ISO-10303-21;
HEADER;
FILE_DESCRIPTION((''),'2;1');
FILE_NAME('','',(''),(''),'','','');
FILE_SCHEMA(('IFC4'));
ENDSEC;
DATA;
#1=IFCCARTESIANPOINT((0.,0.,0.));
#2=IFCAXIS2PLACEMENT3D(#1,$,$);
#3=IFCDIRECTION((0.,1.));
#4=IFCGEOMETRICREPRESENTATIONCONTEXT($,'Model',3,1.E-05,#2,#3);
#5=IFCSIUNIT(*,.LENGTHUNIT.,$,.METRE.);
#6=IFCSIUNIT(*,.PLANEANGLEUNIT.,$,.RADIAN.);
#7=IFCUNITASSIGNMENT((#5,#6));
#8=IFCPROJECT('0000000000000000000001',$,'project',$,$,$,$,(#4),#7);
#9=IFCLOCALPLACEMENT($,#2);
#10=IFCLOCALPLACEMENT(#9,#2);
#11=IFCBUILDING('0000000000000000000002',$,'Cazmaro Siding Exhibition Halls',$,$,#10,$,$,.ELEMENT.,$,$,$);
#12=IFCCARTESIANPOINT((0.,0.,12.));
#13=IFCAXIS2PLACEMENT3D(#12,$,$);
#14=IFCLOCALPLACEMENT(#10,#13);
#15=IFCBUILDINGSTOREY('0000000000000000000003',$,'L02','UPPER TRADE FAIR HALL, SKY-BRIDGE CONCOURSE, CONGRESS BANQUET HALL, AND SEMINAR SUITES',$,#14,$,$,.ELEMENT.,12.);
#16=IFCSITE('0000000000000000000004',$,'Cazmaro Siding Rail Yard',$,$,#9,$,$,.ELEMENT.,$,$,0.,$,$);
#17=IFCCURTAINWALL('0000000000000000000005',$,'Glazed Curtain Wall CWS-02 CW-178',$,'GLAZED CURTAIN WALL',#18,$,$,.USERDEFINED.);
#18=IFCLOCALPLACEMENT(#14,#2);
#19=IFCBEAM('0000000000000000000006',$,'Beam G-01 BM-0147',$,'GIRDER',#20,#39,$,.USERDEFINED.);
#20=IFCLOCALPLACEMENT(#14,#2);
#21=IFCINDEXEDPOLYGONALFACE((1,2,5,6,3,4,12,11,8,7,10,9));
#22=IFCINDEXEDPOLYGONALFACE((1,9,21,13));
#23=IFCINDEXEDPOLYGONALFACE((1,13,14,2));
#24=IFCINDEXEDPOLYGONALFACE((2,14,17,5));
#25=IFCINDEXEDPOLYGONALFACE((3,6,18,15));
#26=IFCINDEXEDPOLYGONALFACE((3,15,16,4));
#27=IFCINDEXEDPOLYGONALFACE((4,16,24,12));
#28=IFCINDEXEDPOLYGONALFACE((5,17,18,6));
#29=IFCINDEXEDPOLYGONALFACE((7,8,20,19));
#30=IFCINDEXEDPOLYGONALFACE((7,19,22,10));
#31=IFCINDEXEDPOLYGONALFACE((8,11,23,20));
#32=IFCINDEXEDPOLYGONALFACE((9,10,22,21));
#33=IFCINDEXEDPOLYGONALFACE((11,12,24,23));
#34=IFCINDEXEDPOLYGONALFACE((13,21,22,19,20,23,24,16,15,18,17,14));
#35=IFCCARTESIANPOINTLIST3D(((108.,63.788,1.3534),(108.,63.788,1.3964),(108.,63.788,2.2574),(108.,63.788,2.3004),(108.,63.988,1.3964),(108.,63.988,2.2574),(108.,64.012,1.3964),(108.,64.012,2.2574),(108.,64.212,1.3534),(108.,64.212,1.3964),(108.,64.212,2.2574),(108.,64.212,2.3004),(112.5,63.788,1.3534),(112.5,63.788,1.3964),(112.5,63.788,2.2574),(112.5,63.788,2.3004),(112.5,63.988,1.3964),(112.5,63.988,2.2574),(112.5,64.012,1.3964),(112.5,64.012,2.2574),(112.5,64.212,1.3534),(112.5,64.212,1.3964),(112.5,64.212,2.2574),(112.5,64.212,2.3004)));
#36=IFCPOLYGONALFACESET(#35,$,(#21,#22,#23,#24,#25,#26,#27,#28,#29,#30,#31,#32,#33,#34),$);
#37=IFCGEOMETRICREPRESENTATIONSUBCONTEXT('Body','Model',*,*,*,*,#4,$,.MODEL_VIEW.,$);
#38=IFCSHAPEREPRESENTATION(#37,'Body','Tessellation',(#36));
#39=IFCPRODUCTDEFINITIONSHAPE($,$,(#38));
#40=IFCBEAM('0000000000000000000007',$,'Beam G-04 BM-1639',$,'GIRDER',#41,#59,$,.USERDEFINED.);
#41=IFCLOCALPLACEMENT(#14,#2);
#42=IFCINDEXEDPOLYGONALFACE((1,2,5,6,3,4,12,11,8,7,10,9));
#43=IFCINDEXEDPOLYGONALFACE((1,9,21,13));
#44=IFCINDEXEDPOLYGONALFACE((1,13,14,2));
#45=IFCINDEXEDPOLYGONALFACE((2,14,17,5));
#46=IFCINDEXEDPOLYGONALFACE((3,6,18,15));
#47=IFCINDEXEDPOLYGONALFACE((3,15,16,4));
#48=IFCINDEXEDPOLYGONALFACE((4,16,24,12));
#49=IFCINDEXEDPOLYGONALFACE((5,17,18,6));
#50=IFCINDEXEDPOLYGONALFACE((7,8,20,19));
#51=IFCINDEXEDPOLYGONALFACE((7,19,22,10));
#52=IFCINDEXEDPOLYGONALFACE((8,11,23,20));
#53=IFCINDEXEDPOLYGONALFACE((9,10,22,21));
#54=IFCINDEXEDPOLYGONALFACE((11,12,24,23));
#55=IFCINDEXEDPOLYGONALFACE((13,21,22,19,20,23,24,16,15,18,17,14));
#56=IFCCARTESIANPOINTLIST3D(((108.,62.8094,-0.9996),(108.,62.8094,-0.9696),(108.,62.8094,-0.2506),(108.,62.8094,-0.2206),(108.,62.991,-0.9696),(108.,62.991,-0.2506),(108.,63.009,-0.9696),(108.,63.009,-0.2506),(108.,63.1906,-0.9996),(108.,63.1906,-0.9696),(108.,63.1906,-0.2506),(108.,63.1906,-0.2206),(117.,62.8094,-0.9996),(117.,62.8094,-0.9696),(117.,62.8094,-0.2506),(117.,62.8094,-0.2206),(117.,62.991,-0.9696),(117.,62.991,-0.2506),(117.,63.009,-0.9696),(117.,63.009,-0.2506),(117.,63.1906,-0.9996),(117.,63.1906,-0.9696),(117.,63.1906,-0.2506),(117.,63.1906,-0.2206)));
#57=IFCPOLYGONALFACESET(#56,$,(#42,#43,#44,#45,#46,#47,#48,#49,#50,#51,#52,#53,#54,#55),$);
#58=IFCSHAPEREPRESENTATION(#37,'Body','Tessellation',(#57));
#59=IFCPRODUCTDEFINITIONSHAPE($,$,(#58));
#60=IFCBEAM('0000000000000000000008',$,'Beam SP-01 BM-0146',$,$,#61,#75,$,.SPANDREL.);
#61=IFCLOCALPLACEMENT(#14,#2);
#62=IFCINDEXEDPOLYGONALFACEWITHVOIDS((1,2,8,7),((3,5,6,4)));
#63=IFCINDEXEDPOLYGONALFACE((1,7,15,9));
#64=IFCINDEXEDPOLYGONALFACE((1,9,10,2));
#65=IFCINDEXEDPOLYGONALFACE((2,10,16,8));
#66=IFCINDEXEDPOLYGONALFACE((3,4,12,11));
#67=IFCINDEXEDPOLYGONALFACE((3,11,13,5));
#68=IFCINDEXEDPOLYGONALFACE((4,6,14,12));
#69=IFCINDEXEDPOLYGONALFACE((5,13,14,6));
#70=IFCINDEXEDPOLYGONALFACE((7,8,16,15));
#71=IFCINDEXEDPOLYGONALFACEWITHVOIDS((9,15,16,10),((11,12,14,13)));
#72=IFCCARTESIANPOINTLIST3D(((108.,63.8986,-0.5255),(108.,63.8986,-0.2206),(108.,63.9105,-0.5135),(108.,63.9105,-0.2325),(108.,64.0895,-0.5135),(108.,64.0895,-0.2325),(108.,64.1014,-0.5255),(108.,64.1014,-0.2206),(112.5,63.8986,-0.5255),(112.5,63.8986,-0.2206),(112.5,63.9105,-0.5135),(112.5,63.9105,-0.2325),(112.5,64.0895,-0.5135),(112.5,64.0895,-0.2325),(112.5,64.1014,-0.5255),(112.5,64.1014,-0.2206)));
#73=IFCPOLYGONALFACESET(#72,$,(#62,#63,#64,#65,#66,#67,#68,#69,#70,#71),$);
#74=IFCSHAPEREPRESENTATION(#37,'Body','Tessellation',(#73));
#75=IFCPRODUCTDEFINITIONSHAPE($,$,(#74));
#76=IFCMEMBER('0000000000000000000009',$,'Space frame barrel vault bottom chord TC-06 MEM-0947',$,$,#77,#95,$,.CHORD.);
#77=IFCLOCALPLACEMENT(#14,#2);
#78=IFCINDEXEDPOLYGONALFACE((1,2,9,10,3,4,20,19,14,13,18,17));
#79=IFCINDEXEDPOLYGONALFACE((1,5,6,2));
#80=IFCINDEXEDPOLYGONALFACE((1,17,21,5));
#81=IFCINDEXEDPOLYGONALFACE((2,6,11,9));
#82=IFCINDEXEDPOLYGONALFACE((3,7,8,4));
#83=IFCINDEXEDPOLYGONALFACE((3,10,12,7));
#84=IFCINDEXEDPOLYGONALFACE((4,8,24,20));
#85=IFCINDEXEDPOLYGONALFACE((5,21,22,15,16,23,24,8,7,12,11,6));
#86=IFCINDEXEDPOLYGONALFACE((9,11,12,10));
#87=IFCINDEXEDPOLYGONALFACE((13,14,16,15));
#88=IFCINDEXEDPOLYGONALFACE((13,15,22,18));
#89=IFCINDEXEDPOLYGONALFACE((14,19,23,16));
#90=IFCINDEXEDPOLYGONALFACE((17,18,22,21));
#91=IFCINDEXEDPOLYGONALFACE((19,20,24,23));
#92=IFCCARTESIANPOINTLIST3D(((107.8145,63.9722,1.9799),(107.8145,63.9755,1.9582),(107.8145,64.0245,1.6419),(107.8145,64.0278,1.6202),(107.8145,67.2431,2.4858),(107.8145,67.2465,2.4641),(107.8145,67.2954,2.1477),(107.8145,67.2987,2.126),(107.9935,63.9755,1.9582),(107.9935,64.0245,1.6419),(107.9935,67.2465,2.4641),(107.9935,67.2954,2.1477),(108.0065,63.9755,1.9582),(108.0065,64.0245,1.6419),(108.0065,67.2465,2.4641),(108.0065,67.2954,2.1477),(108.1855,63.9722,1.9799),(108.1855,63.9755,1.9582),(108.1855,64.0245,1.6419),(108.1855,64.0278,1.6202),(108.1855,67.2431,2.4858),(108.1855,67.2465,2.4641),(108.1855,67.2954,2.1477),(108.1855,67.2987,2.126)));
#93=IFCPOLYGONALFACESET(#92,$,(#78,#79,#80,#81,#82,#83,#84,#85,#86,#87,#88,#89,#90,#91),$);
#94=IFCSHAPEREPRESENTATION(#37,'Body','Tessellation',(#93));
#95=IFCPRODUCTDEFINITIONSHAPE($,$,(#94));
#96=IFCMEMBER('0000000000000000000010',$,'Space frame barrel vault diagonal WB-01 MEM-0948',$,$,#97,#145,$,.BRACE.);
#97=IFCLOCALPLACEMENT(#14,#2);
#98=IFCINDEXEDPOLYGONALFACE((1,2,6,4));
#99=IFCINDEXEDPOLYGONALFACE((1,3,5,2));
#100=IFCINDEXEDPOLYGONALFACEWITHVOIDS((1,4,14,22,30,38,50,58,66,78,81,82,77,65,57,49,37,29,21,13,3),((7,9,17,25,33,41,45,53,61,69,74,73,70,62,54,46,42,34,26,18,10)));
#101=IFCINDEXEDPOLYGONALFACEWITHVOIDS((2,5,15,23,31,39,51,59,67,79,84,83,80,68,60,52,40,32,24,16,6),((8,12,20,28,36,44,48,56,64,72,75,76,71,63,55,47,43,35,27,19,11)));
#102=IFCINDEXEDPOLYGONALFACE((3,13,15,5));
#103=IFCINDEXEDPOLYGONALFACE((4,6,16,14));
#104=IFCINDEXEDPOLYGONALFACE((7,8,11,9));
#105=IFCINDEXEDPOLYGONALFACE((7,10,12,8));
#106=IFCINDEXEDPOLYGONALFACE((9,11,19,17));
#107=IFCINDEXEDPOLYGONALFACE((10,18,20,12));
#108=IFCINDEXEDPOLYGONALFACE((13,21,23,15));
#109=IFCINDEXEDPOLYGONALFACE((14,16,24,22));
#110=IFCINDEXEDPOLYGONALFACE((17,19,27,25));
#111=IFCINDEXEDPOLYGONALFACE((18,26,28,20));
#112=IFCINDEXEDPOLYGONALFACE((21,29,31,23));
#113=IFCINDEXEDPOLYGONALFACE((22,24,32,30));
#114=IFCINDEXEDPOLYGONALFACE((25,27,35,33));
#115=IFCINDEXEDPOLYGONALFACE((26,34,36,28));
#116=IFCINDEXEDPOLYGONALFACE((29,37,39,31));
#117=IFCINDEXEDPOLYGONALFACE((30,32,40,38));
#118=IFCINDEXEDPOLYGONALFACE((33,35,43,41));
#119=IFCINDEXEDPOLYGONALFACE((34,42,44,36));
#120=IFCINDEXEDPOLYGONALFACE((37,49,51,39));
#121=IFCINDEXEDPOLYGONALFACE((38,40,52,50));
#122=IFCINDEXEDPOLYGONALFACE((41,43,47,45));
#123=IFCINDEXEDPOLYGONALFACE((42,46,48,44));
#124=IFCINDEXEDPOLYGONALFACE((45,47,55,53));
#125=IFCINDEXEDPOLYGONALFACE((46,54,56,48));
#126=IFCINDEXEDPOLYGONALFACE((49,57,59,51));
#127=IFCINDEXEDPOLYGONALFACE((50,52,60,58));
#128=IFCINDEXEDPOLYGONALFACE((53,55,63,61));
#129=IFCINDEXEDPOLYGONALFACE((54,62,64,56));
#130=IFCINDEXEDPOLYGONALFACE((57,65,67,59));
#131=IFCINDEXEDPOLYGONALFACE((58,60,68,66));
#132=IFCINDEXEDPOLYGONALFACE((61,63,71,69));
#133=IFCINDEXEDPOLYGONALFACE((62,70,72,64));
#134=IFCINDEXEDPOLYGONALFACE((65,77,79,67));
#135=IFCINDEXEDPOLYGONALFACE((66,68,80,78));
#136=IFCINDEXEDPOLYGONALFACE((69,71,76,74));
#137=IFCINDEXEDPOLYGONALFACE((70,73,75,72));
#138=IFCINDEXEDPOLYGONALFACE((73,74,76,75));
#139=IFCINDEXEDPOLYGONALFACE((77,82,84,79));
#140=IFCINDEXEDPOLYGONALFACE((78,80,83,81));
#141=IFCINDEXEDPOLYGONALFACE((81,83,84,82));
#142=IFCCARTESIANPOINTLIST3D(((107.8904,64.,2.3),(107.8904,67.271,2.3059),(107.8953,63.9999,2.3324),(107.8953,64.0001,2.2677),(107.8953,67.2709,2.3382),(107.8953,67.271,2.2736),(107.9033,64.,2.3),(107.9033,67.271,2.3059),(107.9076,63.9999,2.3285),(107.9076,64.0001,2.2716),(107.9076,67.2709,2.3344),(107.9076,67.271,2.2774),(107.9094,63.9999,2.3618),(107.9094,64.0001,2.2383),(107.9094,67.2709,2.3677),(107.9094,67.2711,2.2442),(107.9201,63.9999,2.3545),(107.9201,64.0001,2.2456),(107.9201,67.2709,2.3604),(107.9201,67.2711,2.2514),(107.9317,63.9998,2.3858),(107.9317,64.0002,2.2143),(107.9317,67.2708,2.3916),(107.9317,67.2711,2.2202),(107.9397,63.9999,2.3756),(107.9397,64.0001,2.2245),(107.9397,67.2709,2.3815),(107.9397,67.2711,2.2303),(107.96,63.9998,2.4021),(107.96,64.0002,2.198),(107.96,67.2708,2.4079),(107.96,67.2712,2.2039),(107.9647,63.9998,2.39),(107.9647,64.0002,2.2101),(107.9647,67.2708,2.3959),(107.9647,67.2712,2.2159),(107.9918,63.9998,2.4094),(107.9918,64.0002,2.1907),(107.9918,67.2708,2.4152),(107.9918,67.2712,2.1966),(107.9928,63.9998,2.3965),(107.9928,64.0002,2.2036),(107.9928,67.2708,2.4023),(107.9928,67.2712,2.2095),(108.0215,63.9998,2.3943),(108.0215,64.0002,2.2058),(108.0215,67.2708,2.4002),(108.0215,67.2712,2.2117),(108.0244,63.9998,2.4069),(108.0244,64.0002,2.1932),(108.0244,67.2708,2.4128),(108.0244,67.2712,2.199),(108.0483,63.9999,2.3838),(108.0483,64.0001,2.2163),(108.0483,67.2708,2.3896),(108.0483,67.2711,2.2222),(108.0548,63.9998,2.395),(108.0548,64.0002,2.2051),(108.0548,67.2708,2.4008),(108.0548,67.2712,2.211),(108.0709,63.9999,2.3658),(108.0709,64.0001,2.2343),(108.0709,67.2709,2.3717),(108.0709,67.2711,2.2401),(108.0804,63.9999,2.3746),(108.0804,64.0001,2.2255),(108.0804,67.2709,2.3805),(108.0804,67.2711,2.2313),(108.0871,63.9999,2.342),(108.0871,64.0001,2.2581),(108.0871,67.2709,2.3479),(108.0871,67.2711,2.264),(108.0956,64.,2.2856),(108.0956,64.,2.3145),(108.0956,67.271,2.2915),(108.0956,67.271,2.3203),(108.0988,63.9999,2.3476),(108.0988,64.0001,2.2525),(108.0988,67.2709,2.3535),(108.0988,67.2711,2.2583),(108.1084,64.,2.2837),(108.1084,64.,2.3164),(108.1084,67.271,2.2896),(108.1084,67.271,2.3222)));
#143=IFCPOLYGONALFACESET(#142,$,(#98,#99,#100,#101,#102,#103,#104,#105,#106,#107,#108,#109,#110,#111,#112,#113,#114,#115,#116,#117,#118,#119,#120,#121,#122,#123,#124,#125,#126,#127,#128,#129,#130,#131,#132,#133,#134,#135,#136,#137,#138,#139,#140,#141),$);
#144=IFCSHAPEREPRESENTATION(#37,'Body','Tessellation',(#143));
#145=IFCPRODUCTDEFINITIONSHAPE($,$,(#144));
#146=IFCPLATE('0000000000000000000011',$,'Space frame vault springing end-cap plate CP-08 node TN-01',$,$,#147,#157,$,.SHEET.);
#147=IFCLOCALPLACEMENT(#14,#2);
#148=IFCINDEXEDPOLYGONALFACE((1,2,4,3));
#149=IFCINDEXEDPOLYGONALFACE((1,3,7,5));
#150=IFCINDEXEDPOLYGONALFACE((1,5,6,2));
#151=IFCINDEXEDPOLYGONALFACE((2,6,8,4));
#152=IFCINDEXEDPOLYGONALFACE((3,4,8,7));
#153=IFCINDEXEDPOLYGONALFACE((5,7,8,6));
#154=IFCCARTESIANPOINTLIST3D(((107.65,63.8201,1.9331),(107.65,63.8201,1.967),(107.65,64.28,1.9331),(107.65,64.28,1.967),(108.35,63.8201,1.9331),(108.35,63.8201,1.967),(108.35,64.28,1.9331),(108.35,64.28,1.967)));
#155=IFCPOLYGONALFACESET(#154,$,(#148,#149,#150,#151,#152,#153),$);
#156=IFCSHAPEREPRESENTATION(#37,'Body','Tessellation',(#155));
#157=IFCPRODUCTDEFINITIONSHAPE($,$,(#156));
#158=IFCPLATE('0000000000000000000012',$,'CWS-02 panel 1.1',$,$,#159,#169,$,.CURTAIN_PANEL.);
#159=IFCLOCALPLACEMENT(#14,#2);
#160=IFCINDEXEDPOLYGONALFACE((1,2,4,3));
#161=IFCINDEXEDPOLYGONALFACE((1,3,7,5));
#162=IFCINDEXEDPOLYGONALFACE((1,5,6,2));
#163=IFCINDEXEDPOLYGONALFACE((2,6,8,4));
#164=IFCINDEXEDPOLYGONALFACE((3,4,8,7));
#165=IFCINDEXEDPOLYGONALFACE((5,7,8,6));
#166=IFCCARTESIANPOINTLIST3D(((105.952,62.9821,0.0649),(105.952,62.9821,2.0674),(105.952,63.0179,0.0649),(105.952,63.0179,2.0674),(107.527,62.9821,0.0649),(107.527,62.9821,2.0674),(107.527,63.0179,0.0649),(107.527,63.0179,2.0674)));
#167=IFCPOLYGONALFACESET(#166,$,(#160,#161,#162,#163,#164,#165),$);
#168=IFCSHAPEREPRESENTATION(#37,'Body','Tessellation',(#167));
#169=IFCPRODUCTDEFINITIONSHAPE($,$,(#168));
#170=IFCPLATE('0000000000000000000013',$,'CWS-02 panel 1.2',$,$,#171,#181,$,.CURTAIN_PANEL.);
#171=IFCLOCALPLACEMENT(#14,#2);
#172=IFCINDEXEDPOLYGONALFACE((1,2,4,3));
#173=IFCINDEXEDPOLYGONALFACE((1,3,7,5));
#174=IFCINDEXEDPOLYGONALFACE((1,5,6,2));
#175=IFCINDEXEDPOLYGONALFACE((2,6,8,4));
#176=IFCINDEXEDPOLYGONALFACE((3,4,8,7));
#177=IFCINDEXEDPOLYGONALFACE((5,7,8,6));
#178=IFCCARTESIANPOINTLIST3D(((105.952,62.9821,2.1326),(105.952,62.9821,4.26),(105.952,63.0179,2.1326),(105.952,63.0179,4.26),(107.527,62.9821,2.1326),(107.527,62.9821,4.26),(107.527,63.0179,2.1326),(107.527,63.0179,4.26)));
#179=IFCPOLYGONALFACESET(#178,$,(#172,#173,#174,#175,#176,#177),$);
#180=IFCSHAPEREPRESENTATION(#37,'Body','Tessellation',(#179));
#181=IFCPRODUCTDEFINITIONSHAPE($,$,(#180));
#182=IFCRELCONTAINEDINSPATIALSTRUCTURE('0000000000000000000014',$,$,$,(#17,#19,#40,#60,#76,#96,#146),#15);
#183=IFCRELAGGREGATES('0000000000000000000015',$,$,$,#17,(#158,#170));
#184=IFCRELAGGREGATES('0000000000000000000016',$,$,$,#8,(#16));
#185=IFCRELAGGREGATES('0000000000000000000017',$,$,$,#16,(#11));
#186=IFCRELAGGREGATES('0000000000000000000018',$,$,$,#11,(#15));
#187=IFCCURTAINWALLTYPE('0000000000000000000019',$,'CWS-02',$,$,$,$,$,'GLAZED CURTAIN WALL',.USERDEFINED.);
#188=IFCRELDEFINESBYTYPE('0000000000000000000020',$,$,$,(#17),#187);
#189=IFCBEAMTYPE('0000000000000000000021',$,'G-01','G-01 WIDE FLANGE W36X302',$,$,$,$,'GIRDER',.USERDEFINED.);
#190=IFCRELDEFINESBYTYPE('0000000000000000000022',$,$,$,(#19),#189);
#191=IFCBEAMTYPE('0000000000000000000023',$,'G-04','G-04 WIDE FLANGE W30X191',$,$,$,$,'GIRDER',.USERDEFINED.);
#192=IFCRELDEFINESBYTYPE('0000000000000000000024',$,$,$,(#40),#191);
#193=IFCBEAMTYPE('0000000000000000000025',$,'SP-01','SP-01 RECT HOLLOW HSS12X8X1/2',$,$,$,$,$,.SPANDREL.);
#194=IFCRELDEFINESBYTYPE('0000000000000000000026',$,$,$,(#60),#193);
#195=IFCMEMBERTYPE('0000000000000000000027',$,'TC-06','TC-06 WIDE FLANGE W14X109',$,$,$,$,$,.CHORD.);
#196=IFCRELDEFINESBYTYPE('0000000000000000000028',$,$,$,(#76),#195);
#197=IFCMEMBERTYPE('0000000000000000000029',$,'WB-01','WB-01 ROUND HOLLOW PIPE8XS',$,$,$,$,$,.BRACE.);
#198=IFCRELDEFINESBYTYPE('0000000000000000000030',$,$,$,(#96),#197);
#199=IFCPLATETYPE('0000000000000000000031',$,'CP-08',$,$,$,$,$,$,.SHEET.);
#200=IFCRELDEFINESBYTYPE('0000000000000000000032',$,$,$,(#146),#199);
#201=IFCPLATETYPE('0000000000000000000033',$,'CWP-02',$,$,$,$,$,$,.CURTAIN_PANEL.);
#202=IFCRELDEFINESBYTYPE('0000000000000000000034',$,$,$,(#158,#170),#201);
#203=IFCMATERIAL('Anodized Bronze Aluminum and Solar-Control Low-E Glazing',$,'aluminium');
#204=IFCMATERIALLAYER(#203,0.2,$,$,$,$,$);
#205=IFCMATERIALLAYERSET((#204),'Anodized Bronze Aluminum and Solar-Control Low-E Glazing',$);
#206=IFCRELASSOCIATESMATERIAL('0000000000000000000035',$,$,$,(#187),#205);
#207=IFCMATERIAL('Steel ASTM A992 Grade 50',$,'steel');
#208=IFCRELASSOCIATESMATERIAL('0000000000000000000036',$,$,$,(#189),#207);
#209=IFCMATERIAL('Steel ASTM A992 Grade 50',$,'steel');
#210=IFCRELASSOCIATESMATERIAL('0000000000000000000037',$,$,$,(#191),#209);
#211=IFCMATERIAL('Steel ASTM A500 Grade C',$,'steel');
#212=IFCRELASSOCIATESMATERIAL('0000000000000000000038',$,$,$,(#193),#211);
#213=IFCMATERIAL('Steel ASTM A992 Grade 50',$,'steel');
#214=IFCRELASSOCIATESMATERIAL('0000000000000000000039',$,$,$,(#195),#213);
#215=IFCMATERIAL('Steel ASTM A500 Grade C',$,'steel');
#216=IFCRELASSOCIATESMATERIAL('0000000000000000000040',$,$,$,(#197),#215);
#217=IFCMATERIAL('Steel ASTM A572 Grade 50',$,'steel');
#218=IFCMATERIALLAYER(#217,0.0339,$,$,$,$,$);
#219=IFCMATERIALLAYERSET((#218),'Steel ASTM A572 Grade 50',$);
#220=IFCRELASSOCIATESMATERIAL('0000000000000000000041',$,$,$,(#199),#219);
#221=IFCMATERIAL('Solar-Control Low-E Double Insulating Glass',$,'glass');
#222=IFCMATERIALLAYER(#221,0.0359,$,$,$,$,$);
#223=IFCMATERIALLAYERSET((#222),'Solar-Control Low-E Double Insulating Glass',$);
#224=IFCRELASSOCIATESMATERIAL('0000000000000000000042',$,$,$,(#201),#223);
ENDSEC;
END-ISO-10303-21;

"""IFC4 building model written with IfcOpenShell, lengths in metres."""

from ifc_helpers import new_model, si_unit, direction, frame, origin, origin_2d, place, context, subcontext, project, spatial, rectangle, hollow_rectangle, hollow_circle, i_section, extrude, material, layer, layer_set, material_profile, profile_set, type_object, element, aggregate, save


model = new_model("IFC4")

# Units and contexts
model_context = context("Model", 3, precision=1e-05, world=origin(), true_north=direction((0.0, 1.0)))
body_context = subcontext(model_context, "Body", "Model", "MODEL_VIEW")
ifc_project = project(units=[si_unit("LENGTHUNIT", "METRE"), si_unit("PLANEANGLEUNIT", "RADIAN")], contexts=[model_context])

# Site, building, storey
site_placement = place(None, origin())
site = spatial("IfcSite", under=ifc_project, at=site_placement, Name="Cazmaro Siding Rail Yard", CompositionType="ELEMENT", RefElevation=0.0)
building_placement = place(site_placement, origin())
building = spatial("IfcBuilding", under=site, at=building_placement, Name="Cazmaro Siding Exhibition Halls", CompositionType="ELEMENT")
storey_placement = place(building_placement, frame((0.0, 0.0, 12.0)))
storey = spatial("IfcBuildingStorey", under=building, at=storey_placement, Name="L02", Description="UPPER TRADE FAIR HALL, SKY-BRIDGE CONCOURSE, CONGRESS BANQUET HALL, AND SEMINAR SUITES", CompositionType="ELEMENT", Elevation=12.0)

# Curtain wall
ifc_material_1 = material(Name="Anodized Bronze Aluminum and Solar-Control Low-E Glazing", Category="aluminium")
ifc_layer_1 = layer(ifc_material_1, 0.2)
ifc_layer_set_1 = layer_set([ifc_layer_1], Name="Anodized Bronze Aluminum and Solar-Control Low-E Glazing")
curtain_wall_type_1 = type_object("IfcCurtainWallType", Name="CWS-02", ElementType="GLAZED CURTAIN WALL", PredefinedType="USERDEFINED", material=ifc_layer_set_1)
curtain_wall_1_placement = place(storey_placement, origin())
curtain_wall_1 = element("IfcCurtainWall", 1, at=curtain_wall_1_placement, inside=storey, type_object=curtain_wall_type_1, Name="Glazed Curtain Wall CWS-02 CW-178", ObjectType="GLAZED CURTAIN WALL", PredefinedType="USERDEFINED")

# Beams
ifc_material_2 = material(Name="Steel ASTM A992 Grade 50", Category="steel")
ifc_material_profile_1 = material_profile(ifc_material_2, i_section(OverallWidth=0.4241, OverallDepth=0.947, WebThickness=0.0239, FlangeThickness=0.043, at=origin_2d()), Name="W36X302")
ifc_profile_set_1 = profile_set([ifc_material_profile_1], Name="Steel ASTM A992 Grade 50")
beam_type_1 = type_object("IfcBeamType", Name="G-01", Description="G-01 WIDE FLANGE W36X302", ElementType="GIRDER", PredefinedType="USERDEFINED", material=ifc_profile_set_1)
beam_1_placement = place(storey_placement, frame((108.0, 64.0, 1.8269), z_axis=(1.0, 0.0, 0.0), x_axis=(0.0, 1.0, 0.0)))
element("IfcBeam", 2, at=beam_1_placement, inside=storey, type_object=beam_type_1, Name="Beam G-01 BM-0147", ObjectType="GIRDER", PredefinedType="USERDEFINED", context=body_context, shape_type="SweptSolid", body=[
    extrude(i_section(OverallWidth=0.4241, OverallDepth=0.947, WebThickness=0.0239, FlangeThickness=0.043, at=origin_2d()), origin(), (0.0, 0.0, 1.0), 4.5),
])
ifc_material_3 = material(Name="Steel ASTM A992 Grade 50", Category="steel")
ifc_material_profile_2 = material_profile(ifc_material_3, i_section(OverallWidth=0.3811, OverallDepth=0.7791, WebThickness=0.0181, FlangeThickness=0.03, at=origin_2d()), Name="W30X191")
ifc_profile_set_2 = profile_set([ifc_material_profile_2], Name="Steel ASTM A992 Grade 50")
beam_type_2 = type_object("IfcBeamType", Name="G-04", Description="G-04 WIDE FLANGE W30X191", ElementType="GIRDER", PredefinedType="USERDEFINED", material=ifc_profile_set_2)
beam_2_placement = place(storey_placement, frame((108.0, 63.0, -0.6101), z_axis=(1.0, 0.0, 0.0), x_axis=(0.0, 1.0, 0.0)))
element("IfcBeam", 3, at=beam_2_placement, inside=storey, type_object=beam_type_2, Name="Beam G-04 BM-1639", ObjectType="GIRDER", PredefinedType="USERDEFINED", context=body_context, shape_type="SweptSolid", body=[
    extrude(i_section(OverallWidth=0.3811, OverallDepth=0.7791, WebThickness=0.0181, FlangeThickness=0.03, at=origin_2d()), origin(), (0.0, 0.0, 1.0), 9.0),
])
ifc_material_4 = material(Name="Steel ASTM A500 Grade C", Category="steel")
ifc_material_profile_3 = material_profile(ifc_material_4, hollow_rectangle(XDim=0.2029, YDim=0.3049, WallThickness=0.012, at=origin_2d()), Name="HSS12X8X1/2")
ifc_profile_set_3 = profile_set([ifc_material_profile_3], Name="Steel ASTM A500 Grade C")
beam_type_3 = type_object("IfcBeamType", Name="SP-01", Description="SP-01 RECT HOLLOW HSS12X8X1/2", PredefinedType="SPANDREL", material=ifc_profile_set_3)
beam_3_placement = place(storey_placement, frame((108.0, 64.0, -0.373), z_axis=(1.0, 0.0, 0.0), x_axis=(0.0, 1.0, 0.0)))
element("IfcBeam", 4, at=beam_3_placement, inside=storey, type_object=beam_type_3, Name="Beam SP-01 BM-0146", PredefinedType="SPANDREL", context=body_context, shape_type="SweptSolid", body=[
    extrude(hollow_rectangle(XDim=0.2029, YDim=0.3049, WallThickness=0.012, at=origin_2d()), origin(), (0.0, 0.0, 1.0), 4.5),
])

# Members
ifc_material_5 = material(Name="Steel ASTM A992 Grade 50", Category="steel")
ifc_material_profile_4 = material_profile(ifc_material_5, i_section(OverallWidth=0.3711, OverallDepth=0.364, WebThickness=0.0129, FlangeThickness=0.022, at=origin_2d()), Name="W14X109")
ifc_profile_set_4 = profile_set([ifc_material_profile_4], Name="Steel ASTM A992 Grade 50")
member_type_1 = type_object("IfcMemberType", Name="TC-06", Description="TC-06 WIDE FLANGE W14X109", PredefinedType="CHORD", material=ifc_profile_set_4)
member_1_placement = place(storey_placement, frame((108.0, 64.0, 1.8), z_axis=(0.0, 0.988252, 0.152833), x_axis=(-1.0, 0.0, 0.0)))
element("IfcMember", 5, at=member_1_placement, inside=storey, type_object=member_type_1, Name="Space frame barrel vault bottom chord TC-06 MEM-0947", PredefinedType="CHORD", context=body_context, shape_type="SweptSolid", body=[
    extrude(i_section(OverallWidth=0.3711, OverallDepth=0.364, WebThickness=0.0129, FlangeThickness=0.022, at=origin_2d()), origin(), (0.0, 0.0, 1.0), 3.3098),
])
ifc_material_6 = material(Name="Steel ASTM A500 Grade C", Category="steel")
ifc_material_profile_5 = material_profile(ifc_material_6, hollow_circle(Radius=0.1096, WallThickness=0.0129, at=origin_2d()), Name="PIPE8XS")
ifc_profile_set_5 = profile_set([ifc_material_profile_5], Name="Steel ASTM A500 Grade C")
member_type_2 = type_object("IfcMemberType", Name="WB-01", Description="WB-01 ROUND HOLLOW PIPE8XS", PredefinedType="BRACE", material=ifc_profile_set_5)
member_2_placement = place(storey_placement, frame((108.0, 64.0, 2.3), z_axis=(0.0, 0.999998, 0.001791), x_axis=(-1.0, 0.0, 0.0)))
element("IfcMember", 6, at=member_2_placement, inside=storey, type_object=member_type_2, Name="Space frame barrel vault diagonal WB-01 MEM-0948", PredefinedType="BRACE", context=body_context, shape_type="SweptSolid", body=[
    extrude(hollow_circle(Radius=0.1096, WallThickness=0.0129, at=origin_2d()), origin(), (0.0, 0.0, 1.0), 3.271),
])

# Plates
ifc_material_7 = material(Name="Steel ASTM A572 Grade 50", Category="steel")
ifc_layer_2 = layer(ifc_material_7, 0.0339)
ifc_layer_set_2 = layer_set([ifc_layer_2], Name="Steel ASTM A572 Grade 50")
plate_type_1 = type_object("IfcPlateType", Name="CP-08", PredefinedType="SHEET", material=ifc_layer_set_2)
plate_1_placement = place(storey_placement, frame((108.0, 64.05, 1.9331), z_axis=(0.0, 0.0, 1.0), x_axis=(1.0, 0.0, 0.0)))
element("IfcPlate", 7, at=plate_1_placement, inside=storey, type_object=plate_type_1, Name="Space frame vault springing end-cap plate CP-08 node TN-01", PredefinedType="SHEET", context=body_context, shape_type="SweptSolid", body=[
    extrude(rectangle(XDim=0.7, YDim=0.46, at=origin_2d()), origin(), (0.0, 0.0, 1.0), 0.0339),
])
ifc_material_8 = material(Name="Solar-Control Low-E Double Insulating Glass", Category="glass")
ifc_layer_3 = layer(ifc_material_8, 0.0359)
ifc_layer_set_3 = layer_set([ifc_layer_3], Name="Solar-Control Low-E Double Insulating Glass")
plate_type_2 = type_object("IfcPlateType", Name="CWP-02", PredefinedType="CURTAIN_PANEL", material=ifc_layer_set_3)
plate_2_placement = place(storey_placement, frame((106.7395, 63.0, 0.0649), z_axis=(0.0, 0.0, 1.0), x_axis=(-1.0, 0.0, 0.0)))
plate_2 = element("IfcPlate", 8, at=plate_2_placement, type_object=plate_type_2, Name="CWS-02 panel 1.1", PredefinedType="CURTAIN_PANEL", context=body_context, shape_type="SweptSolid", body=[
    extrude(rectangle(XDim=1.575, YDim=0.0359, at=origin_2d()), origin(), (0.0, 0.0, 1.0), 2.0024),
])
plate_3_placement = place(storey_placement, frame((106.7395, 63.0, 2.1326), z_axis=(0.0, 0.0, 1.0), x_axis=(-1.0, 0.0, 0.0)))
plate_3 = element("IfcPlate", 9, at=plate_3_placement, type_object=plate_type_2, Name="CWS-02 panel 1.2", PredefinedType="CURTAIN_PANEL", context=body_context, shape_type="SweptSolid", body=[
    extrude(rectangle(XDim=1.575, YDim=0.0359, at=origin_2d()), origin(), (0.0, 0.0, 1.0), 2.1274),
])
aggregate(curtain_wall_1, [plate_2, plate_3])

save(model, "model.ifc")
